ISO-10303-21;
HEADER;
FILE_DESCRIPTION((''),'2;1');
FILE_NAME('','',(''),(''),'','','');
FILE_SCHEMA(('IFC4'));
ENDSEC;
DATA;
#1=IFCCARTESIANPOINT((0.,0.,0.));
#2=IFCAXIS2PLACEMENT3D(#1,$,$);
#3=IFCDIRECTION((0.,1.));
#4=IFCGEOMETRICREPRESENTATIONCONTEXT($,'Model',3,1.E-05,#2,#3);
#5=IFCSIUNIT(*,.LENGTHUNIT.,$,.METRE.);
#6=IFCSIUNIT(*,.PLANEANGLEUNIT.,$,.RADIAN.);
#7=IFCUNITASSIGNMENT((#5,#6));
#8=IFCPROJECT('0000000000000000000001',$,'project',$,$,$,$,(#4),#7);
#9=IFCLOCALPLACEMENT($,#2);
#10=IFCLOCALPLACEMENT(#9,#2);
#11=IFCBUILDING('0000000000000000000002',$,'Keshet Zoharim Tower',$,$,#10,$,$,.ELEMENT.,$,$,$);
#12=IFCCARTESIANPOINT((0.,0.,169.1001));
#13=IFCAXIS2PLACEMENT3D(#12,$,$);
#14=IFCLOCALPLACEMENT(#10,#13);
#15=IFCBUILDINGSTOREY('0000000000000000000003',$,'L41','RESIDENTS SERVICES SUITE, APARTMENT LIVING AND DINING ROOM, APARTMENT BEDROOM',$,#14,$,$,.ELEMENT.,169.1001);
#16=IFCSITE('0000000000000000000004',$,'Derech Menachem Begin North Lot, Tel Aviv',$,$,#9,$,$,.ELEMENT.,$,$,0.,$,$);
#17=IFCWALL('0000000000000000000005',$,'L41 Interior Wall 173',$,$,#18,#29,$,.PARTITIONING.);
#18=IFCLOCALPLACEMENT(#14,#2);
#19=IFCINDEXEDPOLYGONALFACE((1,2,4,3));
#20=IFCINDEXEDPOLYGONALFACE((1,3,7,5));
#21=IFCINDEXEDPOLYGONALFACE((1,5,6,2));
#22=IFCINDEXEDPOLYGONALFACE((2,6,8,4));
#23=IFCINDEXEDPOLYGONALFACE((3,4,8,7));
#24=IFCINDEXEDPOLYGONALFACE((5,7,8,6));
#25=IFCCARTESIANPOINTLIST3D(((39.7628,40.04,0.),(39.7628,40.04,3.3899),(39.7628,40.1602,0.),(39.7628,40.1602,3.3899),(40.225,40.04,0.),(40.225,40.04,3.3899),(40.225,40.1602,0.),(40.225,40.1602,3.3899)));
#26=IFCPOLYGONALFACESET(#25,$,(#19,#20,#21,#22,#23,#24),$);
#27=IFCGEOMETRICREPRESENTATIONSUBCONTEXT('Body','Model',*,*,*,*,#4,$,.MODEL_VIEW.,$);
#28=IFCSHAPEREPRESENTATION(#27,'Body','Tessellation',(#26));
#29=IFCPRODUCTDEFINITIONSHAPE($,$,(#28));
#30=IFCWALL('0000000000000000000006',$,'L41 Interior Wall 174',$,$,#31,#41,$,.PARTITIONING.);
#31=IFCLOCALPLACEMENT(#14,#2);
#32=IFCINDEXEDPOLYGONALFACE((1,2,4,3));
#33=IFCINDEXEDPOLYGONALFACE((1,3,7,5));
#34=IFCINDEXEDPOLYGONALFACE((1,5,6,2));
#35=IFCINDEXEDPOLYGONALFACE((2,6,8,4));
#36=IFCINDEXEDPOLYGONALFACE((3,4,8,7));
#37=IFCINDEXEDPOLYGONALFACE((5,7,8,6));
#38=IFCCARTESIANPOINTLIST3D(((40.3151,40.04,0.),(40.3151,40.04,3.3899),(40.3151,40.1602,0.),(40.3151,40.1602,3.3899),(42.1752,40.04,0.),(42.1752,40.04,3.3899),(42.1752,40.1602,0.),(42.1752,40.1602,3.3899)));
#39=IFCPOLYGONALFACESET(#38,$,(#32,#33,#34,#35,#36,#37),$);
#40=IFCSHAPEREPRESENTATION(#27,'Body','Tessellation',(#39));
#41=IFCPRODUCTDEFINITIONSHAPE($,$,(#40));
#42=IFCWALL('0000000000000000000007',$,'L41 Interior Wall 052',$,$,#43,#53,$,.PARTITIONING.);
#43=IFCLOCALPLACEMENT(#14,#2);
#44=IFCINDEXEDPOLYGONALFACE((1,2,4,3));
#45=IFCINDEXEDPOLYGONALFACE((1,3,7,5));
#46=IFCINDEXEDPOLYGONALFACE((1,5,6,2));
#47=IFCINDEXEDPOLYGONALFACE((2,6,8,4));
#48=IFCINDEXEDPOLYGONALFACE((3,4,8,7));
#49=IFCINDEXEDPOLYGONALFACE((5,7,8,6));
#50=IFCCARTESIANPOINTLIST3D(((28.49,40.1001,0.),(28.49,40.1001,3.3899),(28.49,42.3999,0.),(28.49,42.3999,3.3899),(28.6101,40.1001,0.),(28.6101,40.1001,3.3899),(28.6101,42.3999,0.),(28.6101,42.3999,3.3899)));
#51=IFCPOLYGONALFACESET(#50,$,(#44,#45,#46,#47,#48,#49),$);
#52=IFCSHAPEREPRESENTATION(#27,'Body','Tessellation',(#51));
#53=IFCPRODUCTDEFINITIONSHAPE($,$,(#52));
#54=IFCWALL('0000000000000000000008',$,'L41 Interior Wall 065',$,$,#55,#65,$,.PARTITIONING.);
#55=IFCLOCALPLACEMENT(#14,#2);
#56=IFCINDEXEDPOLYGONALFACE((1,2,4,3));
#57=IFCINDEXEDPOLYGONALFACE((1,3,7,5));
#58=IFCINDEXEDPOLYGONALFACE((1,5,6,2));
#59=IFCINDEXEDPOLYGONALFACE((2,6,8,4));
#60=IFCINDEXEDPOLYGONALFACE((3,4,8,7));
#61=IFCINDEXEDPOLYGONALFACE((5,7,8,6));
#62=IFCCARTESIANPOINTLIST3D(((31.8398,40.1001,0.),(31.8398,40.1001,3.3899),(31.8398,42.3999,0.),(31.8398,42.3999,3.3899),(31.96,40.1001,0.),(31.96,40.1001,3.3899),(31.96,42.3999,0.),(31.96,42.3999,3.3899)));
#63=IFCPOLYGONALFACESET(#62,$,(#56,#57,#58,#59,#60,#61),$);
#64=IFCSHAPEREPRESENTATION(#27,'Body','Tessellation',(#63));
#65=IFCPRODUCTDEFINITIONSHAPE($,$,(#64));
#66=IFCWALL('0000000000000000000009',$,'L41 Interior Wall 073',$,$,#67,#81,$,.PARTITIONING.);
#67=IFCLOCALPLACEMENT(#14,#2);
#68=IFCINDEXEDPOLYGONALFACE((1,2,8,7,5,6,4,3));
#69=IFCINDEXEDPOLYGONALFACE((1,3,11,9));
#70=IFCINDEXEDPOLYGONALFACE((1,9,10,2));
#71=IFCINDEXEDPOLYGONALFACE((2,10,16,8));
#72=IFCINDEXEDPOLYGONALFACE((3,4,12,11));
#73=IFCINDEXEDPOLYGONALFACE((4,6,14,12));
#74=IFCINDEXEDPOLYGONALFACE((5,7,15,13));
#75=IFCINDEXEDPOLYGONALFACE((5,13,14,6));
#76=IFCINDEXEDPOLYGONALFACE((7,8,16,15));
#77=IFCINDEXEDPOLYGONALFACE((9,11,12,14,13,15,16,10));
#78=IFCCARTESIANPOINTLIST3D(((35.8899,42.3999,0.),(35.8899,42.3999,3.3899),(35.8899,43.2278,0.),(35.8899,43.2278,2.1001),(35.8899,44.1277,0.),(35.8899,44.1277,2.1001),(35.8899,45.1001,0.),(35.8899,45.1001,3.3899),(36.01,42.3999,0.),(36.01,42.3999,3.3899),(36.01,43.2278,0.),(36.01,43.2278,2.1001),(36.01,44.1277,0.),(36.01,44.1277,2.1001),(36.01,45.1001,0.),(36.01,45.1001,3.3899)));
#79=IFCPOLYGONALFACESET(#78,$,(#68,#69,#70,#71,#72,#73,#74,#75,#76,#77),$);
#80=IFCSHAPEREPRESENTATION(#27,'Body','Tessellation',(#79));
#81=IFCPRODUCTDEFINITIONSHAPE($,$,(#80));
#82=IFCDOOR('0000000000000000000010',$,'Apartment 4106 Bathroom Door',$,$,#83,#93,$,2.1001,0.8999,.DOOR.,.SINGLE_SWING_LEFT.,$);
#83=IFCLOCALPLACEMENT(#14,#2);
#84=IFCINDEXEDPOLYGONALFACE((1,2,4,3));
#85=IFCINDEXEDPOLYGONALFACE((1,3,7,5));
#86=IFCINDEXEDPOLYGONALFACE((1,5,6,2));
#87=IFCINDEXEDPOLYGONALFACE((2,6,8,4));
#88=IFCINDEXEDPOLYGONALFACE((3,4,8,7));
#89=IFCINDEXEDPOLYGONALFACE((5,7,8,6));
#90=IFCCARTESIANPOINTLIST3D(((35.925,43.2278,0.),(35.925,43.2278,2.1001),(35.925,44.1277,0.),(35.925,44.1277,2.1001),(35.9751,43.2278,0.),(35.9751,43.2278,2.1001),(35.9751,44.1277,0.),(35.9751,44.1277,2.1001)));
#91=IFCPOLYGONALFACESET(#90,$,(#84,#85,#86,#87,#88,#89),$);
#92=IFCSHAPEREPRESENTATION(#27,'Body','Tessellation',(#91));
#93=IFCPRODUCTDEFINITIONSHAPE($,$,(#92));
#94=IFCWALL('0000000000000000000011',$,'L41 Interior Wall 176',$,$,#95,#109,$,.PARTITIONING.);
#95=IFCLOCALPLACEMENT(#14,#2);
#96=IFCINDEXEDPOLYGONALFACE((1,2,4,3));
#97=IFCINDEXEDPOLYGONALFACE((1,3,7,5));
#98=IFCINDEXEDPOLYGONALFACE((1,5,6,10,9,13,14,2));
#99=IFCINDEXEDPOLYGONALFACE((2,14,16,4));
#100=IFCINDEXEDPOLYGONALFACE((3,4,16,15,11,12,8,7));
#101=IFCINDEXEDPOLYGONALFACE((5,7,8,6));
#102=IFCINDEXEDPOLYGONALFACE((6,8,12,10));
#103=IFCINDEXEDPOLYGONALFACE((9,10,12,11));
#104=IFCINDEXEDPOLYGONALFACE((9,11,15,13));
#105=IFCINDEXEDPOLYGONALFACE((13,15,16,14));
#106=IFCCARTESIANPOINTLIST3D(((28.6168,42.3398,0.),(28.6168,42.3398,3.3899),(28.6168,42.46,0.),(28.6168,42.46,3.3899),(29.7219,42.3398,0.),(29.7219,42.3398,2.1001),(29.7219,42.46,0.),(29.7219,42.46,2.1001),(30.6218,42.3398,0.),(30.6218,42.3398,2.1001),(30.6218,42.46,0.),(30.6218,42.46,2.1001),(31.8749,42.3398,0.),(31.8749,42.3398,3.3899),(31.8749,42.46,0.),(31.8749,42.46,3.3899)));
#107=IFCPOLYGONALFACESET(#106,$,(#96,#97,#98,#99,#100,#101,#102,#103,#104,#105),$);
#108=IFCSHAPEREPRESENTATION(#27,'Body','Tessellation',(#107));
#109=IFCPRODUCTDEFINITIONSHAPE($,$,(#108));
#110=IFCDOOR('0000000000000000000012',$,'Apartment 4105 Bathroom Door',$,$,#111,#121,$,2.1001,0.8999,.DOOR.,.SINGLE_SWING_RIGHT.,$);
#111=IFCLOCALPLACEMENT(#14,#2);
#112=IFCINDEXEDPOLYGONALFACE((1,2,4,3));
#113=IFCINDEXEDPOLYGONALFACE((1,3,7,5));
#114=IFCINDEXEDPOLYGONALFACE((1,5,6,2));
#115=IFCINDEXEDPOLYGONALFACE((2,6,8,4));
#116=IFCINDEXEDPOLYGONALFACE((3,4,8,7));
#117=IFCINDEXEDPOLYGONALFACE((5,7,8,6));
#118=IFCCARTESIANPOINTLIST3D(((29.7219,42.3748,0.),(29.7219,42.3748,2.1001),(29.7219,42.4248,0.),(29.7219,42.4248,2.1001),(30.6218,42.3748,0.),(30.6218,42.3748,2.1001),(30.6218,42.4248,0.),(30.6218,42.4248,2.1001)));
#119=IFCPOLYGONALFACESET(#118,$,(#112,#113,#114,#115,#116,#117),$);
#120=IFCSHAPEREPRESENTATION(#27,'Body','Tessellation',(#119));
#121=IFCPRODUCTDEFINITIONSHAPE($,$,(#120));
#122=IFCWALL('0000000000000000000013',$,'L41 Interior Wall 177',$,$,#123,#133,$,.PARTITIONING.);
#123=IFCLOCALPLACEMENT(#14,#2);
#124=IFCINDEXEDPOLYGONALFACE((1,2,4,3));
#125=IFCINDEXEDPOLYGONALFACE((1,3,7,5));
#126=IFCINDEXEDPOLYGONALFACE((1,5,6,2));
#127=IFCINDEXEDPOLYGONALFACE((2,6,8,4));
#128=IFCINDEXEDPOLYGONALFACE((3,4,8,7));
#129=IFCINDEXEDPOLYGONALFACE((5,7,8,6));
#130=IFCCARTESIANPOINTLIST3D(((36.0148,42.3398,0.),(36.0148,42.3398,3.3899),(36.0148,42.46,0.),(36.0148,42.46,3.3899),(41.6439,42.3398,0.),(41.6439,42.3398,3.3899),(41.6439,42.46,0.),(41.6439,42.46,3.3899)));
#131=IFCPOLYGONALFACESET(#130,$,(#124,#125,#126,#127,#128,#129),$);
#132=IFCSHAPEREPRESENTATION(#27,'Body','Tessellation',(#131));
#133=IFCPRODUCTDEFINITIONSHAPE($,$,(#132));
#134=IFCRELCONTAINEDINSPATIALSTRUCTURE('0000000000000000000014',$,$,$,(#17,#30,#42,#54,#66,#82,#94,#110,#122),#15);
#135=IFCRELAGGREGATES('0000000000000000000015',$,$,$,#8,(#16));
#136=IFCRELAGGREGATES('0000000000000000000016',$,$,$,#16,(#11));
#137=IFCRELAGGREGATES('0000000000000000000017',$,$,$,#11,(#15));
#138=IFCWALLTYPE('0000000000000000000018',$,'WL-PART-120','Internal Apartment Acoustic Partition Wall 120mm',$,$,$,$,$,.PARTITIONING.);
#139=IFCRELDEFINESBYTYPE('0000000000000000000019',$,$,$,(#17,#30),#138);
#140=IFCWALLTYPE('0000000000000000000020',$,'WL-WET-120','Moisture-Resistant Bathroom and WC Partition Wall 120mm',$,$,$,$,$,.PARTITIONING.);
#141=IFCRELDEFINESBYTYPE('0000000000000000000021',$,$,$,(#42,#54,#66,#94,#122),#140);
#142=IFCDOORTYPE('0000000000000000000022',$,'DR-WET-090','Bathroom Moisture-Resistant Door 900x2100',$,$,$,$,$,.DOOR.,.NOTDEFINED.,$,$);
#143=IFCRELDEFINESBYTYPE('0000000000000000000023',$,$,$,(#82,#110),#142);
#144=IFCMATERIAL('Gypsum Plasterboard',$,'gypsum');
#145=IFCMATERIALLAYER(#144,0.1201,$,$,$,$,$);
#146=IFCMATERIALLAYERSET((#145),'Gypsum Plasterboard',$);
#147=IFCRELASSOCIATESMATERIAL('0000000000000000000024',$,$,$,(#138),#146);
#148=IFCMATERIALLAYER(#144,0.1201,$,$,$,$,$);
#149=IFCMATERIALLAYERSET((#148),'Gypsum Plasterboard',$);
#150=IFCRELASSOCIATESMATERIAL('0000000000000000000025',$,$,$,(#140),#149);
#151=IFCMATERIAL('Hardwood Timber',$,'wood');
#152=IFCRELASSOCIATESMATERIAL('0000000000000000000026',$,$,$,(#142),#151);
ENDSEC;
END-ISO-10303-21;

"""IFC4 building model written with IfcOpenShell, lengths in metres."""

from ifc_helpers import new_model, si_unit, direction, frame, frame_2d, origin, place, context, subcontext, project, spatial, rectangle, extrude, material, layer, layer_set, type_object, element, fill, save


model = new_model("IFC4")

# Units and contexts
model_context = context("Model", 3, precision=1e-05, world=origin(), true_north=direction((0.0, 1.0)))
body_context = subcontext(model_context, "Body", "Model", "MODEL_VIEW")
ifc_project = project(units=[si_unit("LENGTHUNIT", "METRE"), si_unit("PLANEANGLEUNIT", "RADIAN")], contexts=[model_context])

# Site, building, storey
site_placement = place(None, origin())
site = spatial("IfcSite", under=ifc_project, at=site_placement, Name="Derech Menachem Begin North Lot, Tel Aviv", CompositionType="ELEMENT", RefElevation=0.0)
building_placement = place(site_placement, origin())
building = spatial("IfcBuilding", under=site, at=building_placement, Name="Keshet Zoharim Tower", CompositionType="ELEMENT")
storey_placement = place(building_placement, frame((0.0, 0.0, 169.1001)))
storey = spatial("IfcBuildingStorey", under=building, at=storey_placement, Name="L41", Description="RESIDENTS SERVICES SUITE, APARTMENT LIVING AND DINING ROOM, APARTMENT BEDROOM", CompositionType="ELEMENT", Elevation=169.1001)

# Shared definitions
ifc_material_1 = material(Name="Gypsum Plasterboard", Category="gypsum")

# Shared definitions
ifc_material_2 = material(Name="Hardwood Timber", Category="wood")

# Shared definitions
ifc_layer_1 = layer(ifc_material_1, 0.1201)
ifc_layer_set_1 = layer_set([ifc_layer_1], Name="Gypsum Plasterboard")
wall_type_1 = type_object("IfcWallType", Name="WL-PART-120", Description="Internal Apartment Acoustic Partition Wall 120mm", PredefinedType="PARTITIONING", material=ifc_layer_set_1)

# Walls
wall_1_placement = place(storey_placement, frame((39.7629, 40.1001, 0.0), z_axis=(0.0, 0.0, 1.0), x_axis=(1.0, 0.0, 0.0)))
element("IfcWall", 1, at=wall_1_placement, inside=storey, type_object=wall_type_1, Name="L41 Interior Wall 173", PredefinedType="PARTITIONING", context=body_context, shape_type="SweptSolid", body=[
    extrude(rectangle(XDim=0.4622, YDim=0.1201, at=frame_2d((0.231, 0.0))), origin(), (0.0, 0.0, 1.0), 3.3899),
])
wall_2_placement = place(storey_placement, frame((40.3149, 40.1001, 0.0), z_axis=(0.0, 0.0, 1.0), x_axis=(1.0, 0.0, 0.0)))
element("IfcWall", 2, at=wall_2_placement, inside=storey, type_object=wall_type_1, Name="L41 Interior Wall 174", PredefinedType="PARTITIONING", context=body_context, shape_type="SweptSolid", body=[
    extrude(rectangle(XDim=1.8601, YDim=0.1201, at=frame_2d((0.9302, 0.0))), origin(), (0.0, 0.0, 1.0), 3.3899),
])
ifc_layer_2 = layer(ifc_material_1, 0.1201)
ifc_layer_set_2 = layer_set([ifc_layer_2], Name="Gypsum Plasterboard")
wall_type_2 = type_object("IfcWallType", Name="WL-WET-120", Description="Moisture-Resistant Bathroom and WC Partition Wall 120mm", PredefinedType="PARTITIONING", material=ifc_layer_set_2)
for number, where, z_axis, x_axis, name in (
    (3, (28.55, 40.1001, 0.0), (0.0, 0.0, 1.0), (0.0, 1.0, 0.0), "L41 Interior Wall 052"),
    (4, (31.8999, 40.1001, 0.0), (0.0, 0.0, 1.0), (0.0, 1.0, 0.0), "L41 Interior Wall 065"),
):
    element("IfcWall", number, at=place(storey_placement, frame(where, z_axis=z_axis, x_axis=x_axis)), inside=storey, type_object=wall_type_2, Name=name, PredefinedType="PARTITIONING", context=body_context, shape_type="SweptSolid", body=[
        extrude(rectangle(XDim=2.2998, YDim=0.1201, at=frame_2d((1.1499, 0.0))), origin(), (0.0, 0.0, 1.0), 3.3899),
    ])

# Walls, openings, doors
wall_3_placement = place(storey_placement, frame((35.95, 42.3999, 0.0), z_axis=(0.0, 0.0, 1.0), x_axis=(0.0, 1.0, 0.0)))
wall_3 = element("IfcWall", 5, at=wall_3_placement, inside=storey, type_object=wall_type_2, Name="L41 Interior Wall 073", PredefinedType="PARTITIONING", context=body_context, shape_type="SweptSolid", body=[
    extrude(rectangle(XDim=2.7002, YDim=0.1201, at=frame_2d((1.3501, 0.0))), origin(), (0.0, 0.0, 1.0), 3.3899),
])
opening_1_placement = place(wall_3_placement, frame((0.8279, 0.0, 0.0)))
opening_1 = element("IfcOpeningElement", 6, at=opening_1_placement, cuts=wall_3, PredefinedType="OPENING", context=body_context, shape_type="SweptSolid", body=[
    extrude(rectangle(XDim=0.8999, YDim=2.1001, at=frame_2d((0.45, 1.05))), frame((0.0, 0.0701, 0.0), z_axis=(0.0, -1.0, 0.0), x_axis=(1.0, 0.0, 0.0)), (0.0, 0.0, 1.0), 0.1401),
])
door_type_1 = type_object("IfcDoorType", Name="DR-WET-090", Description="Bathroom Moisture-Resistant Door 900x2100", OperationType="NOTDEFINED", PredefinedType="DOOR", material=ifc_material_2)
door_1_placement = place(opening_1_placement, origin())
door_1 = element("IfcDoor", 7, at=door_1_placement, inside=storey, type_object=door_type_1, Name="Apartment 4106 Bathroom Door", OperationType="SINGLE_SWING_LEFT", OverallHeight=2.1001, OverallWidth=0.8999, PredefinedType="DOOR", context=body_context, shape_type="SweptSolid", body=[
    extrude(rectangle(XDim=0.8999, YDim=2.1001, at=frame_2d((0.45, 1.05))), frame((0.0, 0.0249, 0.0), z_axis=(0.0, -1.0, 0.0), x_axis=(1.0, 0.0, 0.0)), (0.0, 0.0, 1.0), 0.05),
])
fill(opening_1, door_1)
wall_4_placement = place(storey_placement, frame((28.6169, 42.3999, 0.0), z_axis=(0.0, 0.0, 1.0), x_axis=(1.0, 0.0, 0.0)))
wall_4 = element("IfcWall", 8, at=wall_4_placement, inside=storey, type_object=wall_type_2, Name="L41 Interior Wall 176", PredefinedType="PARTITIONING", context=body_context, shape_type="SweptSolid", body=[
    extrude(rectangle(XDim=3.2581, YDim=0.1201, at=frame_2d((1.6289, 0.0))), origin(), (0.0, 0.0, 1.0), 3.3899),
])
opening_2_placement = place(wall_4_placement, frame((1.105, 0.0, 0.0)))
opening_2 = element("IfcOpeningElement", 9, at=opening_2_placement, cuts=wall_4, PredefinedType="OPENING", context=body_context, shape_type="SweptSolid", body=[
    extrude(rectangle(XDim=0.8999, YDim=2.1001, at=frame_2d((0.45, 1.05))), frame((0.0, 0.0701, 0.0), z_axis=(0.0, -1.0, 0.0), x_axis=(1.0, 0.0, 0.0)), (0.0, 0.0, 1.0), 0.1401),
])
door_2_placement = place(opening_2_placement, origin())
door_2 = element("IfcDoor", 10, at=door_2_placement, inside=storey, type_object=door_type_1, Name="Apartment 4105 Bathroom Door", OperationType="SINGLE_SWING_RIGHT", OverallHeight=2.1001, OverallWidth=0.8999, PredefinedType="DOOR", context=body_context, shape_type="SweptSolid", body=[
    extrude(rectangle(XDim=0.8999, YDim=2.1001, at=frame_2d((0.45, 1.05))), frame((0.0, 0.0249, 0.0), z_axis=(0.0, -1.0, 0.0), x_axis=(1.0, 0.0, 0.0)), (0.0, 0.0, 1.0), 0.05),
])
fill(opening_2, door_2)

# Wall
wall_5_placement = place(storey_placement, frame((36.0149, 42.3999, 0.0), z_axis=(0.0, 0.0, 1.0), x_axis=(1.0, 0.0, 0.0)))
element("IfcWall", 11, at=wall_5_placement, inside=storey, type_object=wall_type_2, Name="L41 Interior Wall 177", PredefinedType="PARTITIONING", context=body_context, shape_type="SweptSolid", body=[
    extrude(rectangle(XDim=5.6292, YDim=0.1201, at=frame_2d((2.8145, 0.0))), origin(), (0.0, 0.0, 1.0), 3.3899),
])

save(model, "model.ifc")
